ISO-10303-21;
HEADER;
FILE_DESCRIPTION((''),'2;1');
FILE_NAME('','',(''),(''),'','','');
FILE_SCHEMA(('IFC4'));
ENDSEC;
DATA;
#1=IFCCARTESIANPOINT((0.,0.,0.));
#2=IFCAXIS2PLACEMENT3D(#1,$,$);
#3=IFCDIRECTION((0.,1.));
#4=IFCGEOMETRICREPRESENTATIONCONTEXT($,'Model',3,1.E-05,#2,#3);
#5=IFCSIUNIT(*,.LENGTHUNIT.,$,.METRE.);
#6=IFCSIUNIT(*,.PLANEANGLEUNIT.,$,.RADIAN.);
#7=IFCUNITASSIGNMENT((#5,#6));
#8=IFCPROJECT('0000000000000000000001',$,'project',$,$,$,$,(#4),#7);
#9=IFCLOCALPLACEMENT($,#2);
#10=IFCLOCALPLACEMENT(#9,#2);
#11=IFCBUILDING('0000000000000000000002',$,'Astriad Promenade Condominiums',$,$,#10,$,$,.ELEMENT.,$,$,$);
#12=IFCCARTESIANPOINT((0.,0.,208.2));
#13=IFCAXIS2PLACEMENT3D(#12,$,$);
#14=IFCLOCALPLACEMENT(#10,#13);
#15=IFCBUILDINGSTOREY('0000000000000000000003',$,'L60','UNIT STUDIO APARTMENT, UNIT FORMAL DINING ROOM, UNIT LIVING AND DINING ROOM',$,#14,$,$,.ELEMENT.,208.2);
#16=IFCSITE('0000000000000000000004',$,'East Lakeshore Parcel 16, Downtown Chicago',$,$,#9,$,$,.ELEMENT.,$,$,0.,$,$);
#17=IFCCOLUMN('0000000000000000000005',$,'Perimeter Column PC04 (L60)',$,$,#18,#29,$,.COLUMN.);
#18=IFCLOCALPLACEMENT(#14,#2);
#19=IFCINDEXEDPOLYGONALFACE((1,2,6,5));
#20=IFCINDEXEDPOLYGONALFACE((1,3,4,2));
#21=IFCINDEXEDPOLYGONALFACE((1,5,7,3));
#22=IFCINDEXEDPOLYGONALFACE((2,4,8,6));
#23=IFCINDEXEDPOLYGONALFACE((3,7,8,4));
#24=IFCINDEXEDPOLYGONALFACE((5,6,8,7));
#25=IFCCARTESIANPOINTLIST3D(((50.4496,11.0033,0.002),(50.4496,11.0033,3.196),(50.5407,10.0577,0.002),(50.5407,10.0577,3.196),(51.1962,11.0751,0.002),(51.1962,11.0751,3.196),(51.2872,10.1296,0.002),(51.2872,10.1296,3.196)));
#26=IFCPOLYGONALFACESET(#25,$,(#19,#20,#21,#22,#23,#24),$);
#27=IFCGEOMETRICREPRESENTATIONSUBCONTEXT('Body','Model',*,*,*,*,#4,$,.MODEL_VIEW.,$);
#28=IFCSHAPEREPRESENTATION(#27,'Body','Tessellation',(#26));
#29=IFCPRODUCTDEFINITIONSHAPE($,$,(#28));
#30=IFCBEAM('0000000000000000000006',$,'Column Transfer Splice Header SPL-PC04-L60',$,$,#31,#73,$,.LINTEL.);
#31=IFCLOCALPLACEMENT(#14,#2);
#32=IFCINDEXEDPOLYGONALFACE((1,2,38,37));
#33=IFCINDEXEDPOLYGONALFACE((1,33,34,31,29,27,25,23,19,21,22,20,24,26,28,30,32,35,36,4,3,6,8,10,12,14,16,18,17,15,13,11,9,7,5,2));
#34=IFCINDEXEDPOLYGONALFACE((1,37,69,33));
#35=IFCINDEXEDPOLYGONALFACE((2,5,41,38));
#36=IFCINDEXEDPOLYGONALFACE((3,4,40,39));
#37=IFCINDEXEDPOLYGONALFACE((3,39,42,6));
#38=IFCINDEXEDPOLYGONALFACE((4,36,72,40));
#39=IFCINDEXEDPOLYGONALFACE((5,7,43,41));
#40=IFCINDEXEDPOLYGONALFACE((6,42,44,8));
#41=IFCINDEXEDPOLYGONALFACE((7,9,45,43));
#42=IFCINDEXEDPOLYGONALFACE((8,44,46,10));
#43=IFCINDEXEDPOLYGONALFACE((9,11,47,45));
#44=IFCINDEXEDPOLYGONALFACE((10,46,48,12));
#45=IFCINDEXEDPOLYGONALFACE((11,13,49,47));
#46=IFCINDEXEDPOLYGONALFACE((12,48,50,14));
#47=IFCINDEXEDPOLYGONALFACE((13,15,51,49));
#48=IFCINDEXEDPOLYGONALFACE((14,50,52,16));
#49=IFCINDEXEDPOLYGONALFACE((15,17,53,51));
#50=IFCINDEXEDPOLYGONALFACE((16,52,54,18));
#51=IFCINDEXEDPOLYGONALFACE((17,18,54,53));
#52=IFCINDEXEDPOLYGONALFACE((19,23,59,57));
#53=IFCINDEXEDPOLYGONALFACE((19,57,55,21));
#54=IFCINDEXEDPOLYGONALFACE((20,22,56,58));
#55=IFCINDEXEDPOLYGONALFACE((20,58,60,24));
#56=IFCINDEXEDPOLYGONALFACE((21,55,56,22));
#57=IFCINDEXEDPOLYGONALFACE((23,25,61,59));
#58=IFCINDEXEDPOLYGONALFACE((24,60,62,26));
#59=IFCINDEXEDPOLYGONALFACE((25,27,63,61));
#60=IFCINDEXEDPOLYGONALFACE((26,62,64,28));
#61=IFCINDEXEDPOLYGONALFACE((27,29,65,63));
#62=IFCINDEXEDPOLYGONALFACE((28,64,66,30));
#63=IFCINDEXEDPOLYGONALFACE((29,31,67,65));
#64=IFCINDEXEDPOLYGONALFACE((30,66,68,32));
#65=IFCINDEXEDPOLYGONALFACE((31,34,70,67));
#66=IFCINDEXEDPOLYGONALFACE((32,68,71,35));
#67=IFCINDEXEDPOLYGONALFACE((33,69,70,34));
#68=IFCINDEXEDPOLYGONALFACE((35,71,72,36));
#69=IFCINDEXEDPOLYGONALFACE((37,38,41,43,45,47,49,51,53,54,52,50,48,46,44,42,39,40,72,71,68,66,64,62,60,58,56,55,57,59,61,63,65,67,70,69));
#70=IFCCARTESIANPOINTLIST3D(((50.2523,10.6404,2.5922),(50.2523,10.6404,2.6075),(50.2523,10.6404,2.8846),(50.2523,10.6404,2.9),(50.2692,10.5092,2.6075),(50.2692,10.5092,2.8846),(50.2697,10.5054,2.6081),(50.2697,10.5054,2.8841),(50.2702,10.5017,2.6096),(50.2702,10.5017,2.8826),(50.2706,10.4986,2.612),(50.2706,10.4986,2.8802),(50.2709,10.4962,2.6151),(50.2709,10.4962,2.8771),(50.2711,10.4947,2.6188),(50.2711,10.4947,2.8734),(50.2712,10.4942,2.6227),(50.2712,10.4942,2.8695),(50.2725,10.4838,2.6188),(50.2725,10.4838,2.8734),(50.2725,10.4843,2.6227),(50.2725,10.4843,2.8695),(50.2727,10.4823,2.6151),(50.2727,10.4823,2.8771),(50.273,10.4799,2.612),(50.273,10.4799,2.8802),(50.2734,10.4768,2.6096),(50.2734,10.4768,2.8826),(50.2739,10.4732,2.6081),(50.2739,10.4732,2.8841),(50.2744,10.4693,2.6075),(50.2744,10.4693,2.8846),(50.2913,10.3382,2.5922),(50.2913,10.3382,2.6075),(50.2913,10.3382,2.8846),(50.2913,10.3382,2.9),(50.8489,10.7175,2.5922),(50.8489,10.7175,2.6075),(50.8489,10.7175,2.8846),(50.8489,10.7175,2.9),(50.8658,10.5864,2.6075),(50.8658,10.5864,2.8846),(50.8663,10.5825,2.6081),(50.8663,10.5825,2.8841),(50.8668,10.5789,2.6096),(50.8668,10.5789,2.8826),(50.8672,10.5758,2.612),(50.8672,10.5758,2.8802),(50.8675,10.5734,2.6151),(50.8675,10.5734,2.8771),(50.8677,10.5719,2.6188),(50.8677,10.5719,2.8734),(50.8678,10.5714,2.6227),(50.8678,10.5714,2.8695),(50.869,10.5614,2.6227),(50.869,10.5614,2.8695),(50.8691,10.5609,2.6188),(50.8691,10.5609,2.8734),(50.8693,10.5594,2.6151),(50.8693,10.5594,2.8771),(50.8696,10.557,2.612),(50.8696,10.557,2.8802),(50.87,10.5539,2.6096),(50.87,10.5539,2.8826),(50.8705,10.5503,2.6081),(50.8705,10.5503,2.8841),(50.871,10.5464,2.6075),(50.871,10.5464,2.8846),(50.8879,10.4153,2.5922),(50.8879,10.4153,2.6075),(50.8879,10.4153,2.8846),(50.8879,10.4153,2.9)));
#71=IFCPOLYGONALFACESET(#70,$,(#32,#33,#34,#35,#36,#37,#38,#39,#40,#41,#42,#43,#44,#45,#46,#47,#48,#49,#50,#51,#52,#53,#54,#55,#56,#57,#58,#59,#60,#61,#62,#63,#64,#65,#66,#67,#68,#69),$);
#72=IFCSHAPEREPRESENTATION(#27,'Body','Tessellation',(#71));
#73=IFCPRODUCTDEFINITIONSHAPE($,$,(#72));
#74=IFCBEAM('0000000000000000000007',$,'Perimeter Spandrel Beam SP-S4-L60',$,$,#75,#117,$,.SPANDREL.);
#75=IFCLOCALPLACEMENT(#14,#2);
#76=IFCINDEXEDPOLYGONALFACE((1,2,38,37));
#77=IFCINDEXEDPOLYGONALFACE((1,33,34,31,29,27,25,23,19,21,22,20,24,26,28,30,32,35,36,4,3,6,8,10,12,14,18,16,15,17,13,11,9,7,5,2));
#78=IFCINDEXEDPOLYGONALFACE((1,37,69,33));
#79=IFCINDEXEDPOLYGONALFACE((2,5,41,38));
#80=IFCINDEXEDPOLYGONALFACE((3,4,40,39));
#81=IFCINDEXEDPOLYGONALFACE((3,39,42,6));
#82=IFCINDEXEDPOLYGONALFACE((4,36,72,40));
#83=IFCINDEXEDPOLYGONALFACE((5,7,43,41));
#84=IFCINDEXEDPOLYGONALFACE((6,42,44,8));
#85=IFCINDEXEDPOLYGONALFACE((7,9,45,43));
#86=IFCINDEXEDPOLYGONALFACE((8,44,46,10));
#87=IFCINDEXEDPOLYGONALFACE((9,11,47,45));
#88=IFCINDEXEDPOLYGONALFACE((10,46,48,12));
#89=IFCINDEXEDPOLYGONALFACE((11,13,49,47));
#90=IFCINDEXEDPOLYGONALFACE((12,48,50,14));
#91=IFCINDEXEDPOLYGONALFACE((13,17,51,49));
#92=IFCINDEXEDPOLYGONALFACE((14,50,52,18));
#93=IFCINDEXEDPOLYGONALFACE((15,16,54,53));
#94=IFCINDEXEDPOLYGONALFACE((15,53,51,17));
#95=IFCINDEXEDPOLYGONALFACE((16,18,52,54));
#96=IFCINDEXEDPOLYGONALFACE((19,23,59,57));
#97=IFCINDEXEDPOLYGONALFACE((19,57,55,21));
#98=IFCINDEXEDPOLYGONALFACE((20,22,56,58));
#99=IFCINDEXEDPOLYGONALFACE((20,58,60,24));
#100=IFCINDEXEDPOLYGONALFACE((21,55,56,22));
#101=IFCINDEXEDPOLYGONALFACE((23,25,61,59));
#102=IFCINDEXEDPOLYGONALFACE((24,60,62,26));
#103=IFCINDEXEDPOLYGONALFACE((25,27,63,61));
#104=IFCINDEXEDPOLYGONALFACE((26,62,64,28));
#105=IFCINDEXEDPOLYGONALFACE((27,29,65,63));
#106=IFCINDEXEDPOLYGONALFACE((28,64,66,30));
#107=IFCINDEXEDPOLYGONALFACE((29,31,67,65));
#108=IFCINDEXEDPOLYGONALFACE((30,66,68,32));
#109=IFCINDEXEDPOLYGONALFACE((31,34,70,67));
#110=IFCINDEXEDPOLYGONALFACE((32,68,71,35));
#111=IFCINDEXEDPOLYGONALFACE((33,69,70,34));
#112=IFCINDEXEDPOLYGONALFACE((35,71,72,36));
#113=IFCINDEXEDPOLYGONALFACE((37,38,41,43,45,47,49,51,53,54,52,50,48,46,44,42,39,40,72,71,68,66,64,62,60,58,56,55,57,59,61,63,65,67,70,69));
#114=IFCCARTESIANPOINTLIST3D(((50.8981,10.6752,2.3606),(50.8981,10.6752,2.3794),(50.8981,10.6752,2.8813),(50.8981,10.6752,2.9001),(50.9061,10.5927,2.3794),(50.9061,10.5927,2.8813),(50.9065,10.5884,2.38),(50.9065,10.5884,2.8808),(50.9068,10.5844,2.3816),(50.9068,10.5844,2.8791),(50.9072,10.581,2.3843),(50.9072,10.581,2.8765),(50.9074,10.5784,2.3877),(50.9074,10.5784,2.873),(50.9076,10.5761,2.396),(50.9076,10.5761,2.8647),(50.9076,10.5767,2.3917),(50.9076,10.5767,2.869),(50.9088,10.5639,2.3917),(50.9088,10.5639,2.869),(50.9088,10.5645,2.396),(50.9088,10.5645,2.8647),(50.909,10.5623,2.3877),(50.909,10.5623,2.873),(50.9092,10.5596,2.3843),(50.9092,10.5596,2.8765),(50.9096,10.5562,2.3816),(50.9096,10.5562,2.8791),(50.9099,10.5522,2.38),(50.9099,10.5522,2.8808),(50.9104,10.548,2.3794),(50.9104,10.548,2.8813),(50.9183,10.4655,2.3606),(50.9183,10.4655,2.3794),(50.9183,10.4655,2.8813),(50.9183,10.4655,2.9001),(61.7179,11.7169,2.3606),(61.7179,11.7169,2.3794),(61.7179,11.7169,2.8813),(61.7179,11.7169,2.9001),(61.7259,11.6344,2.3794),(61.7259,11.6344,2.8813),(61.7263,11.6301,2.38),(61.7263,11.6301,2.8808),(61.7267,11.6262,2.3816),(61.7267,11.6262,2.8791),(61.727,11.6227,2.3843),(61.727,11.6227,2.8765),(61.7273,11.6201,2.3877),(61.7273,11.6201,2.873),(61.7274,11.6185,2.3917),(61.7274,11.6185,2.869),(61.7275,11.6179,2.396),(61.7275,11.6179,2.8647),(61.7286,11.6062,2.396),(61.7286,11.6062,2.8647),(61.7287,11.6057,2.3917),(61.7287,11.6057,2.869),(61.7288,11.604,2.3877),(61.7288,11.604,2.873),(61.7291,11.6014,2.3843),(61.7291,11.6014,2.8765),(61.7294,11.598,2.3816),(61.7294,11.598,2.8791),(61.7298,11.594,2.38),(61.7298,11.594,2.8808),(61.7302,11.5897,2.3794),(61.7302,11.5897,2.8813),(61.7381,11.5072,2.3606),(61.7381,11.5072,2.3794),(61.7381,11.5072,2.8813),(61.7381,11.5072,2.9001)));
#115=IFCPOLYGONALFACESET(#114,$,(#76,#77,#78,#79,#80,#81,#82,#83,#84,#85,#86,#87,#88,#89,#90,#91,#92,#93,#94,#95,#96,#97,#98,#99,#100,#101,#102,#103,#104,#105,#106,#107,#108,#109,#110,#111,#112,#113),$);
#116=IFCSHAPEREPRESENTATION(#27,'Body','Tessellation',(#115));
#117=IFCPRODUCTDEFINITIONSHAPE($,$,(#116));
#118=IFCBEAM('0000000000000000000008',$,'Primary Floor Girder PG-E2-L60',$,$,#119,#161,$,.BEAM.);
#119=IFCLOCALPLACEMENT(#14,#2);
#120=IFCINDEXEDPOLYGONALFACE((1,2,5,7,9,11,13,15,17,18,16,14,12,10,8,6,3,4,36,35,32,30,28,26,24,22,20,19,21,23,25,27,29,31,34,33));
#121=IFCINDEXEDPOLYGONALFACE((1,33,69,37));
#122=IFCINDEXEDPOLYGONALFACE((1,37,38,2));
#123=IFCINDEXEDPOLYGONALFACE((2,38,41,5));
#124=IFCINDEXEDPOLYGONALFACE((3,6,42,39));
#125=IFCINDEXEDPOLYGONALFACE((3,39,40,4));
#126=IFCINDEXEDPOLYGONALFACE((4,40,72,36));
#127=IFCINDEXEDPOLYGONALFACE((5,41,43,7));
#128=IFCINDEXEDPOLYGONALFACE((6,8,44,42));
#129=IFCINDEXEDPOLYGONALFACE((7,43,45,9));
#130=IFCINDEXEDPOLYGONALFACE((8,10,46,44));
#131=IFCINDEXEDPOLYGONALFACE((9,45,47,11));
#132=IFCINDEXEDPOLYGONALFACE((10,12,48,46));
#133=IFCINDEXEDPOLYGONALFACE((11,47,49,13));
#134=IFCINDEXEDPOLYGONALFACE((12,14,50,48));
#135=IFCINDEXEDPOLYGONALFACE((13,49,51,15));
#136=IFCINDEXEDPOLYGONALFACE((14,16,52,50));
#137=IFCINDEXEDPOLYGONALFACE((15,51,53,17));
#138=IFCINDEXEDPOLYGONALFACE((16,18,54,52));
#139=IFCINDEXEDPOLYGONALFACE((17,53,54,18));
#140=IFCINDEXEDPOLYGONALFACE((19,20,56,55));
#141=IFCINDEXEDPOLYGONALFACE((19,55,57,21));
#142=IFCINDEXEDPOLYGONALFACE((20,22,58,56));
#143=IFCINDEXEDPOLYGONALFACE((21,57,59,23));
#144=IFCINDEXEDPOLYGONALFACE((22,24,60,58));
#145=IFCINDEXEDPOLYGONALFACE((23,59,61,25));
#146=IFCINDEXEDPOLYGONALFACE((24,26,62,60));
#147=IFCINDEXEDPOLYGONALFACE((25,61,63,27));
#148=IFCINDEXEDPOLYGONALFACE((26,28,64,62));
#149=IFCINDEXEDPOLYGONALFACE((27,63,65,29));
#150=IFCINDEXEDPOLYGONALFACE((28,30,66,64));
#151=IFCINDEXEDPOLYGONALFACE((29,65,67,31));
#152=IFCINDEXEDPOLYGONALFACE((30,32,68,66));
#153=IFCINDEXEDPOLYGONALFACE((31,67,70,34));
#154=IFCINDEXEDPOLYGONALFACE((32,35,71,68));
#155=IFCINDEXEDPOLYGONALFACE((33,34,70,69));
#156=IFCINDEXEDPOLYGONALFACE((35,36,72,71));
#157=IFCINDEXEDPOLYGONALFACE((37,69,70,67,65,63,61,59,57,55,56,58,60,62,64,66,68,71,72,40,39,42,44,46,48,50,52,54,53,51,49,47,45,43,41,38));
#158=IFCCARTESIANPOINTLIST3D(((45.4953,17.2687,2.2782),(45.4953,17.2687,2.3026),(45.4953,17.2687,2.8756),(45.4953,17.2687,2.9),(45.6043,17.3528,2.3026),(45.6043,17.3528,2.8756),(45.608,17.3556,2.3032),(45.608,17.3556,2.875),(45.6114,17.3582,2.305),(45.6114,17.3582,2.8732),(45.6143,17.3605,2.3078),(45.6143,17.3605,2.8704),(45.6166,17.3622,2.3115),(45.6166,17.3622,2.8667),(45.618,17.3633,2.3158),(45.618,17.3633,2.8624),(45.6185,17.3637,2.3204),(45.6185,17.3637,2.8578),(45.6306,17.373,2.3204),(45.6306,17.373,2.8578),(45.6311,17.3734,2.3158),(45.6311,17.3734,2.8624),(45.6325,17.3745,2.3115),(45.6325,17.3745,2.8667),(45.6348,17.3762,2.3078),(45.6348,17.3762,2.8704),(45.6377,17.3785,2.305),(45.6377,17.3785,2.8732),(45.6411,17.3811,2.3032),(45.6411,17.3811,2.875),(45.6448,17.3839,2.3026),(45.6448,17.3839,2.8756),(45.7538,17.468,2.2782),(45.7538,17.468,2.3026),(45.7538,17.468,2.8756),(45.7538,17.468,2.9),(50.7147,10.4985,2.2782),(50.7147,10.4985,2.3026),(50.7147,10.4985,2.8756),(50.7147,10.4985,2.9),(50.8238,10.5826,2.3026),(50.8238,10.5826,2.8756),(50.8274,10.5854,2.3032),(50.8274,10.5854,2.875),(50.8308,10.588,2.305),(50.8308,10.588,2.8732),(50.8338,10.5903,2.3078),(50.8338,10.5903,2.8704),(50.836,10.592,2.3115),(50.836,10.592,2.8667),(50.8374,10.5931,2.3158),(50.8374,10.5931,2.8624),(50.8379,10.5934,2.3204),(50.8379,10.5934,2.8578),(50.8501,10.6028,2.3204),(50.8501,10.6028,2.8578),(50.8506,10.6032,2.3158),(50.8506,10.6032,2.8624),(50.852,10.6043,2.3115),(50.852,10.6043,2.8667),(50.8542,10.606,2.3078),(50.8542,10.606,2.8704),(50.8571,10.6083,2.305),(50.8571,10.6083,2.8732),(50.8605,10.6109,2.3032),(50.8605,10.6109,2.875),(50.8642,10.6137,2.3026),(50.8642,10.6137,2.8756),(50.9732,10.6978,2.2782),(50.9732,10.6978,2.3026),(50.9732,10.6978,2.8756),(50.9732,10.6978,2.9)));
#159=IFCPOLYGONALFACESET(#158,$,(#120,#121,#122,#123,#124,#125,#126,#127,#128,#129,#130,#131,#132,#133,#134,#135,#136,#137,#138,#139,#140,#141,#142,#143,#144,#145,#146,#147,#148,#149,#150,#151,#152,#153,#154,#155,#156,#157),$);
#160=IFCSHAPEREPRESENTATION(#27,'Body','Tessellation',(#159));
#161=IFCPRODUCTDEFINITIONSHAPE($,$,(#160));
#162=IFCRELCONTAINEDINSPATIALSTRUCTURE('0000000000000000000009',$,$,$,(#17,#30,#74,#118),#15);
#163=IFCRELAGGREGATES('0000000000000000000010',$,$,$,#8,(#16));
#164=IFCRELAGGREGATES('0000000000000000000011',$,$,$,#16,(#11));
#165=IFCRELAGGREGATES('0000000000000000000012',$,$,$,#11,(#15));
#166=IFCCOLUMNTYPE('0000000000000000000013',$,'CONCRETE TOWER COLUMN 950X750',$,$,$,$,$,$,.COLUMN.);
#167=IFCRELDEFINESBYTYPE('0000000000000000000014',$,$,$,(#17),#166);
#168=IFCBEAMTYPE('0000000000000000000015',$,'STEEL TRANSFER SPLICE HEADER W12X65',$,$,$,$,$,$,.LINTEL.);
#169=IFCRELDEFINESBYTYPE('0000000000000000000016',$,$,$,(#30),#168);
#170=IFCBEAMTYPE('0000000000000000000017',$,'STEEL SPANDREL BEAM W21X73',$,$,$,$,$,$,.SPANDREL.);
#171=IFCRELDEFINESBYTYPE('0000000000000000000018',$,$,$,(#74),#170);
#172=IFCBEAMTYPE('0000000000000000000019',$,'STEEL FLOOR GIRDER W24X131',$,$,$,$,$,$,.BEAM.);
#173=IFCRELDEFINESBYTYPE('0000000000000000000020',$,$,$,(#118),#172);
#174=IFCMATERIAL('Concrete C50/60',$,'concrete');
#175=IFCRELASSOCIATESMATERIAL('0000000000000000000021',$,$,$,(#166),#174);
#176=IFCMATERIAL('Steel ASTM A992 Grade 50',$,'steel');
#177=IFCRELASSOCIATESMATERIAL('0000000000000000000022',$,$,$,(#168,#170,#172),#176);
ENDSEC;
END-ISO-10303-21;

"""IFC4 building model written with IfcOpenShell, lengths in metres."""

from ifc_helpers import new_model, si_unit, direction, frame, origin, origin_2d, place, context, subcontext, project, spatial, rectangle, i_section, extrude, source, transform, mapped, material, material_profile, profile_set, type_object, type_shapes, element, save


model = new_model("IFC4")

# Units and contexts
model_context = context("Model", 3, precision=1e-05, world=origin(), true_north=direction((0.0, 1.0)))
body_context = subcontext(model_context, "Body", "Model", "MODEL_VIEW")
ifc_project = project(units=[si_unit("LENGTHUNIT", "METRE"), si_unit("PLANEANGLEUNIT", "RADIAN")], contexts=[model_context])

# Site, building, storey
site_placement = place(None, origin())
site = spatial("IfcSite", under=ifc_project, at=site_placement, Name="East Lakeshore Parcel 16, Downtown Chicago", CompositionType="ELEMENT", RefElevation=0.0)
building_placement = place(site_placement, origin())
building = spatial("IfcBuilding", under=site, at=building_placement, Name="Astriad Promenade Condominiums", CompositionType="ELEMENT")
storey_placement = place(building_placement, frame((0.0, 0.0, 208.2)))
storey = spatial("IfcBuildingStorey", under=building, at=storey_placement, Name="L60", Description="UNIT STUDIO APARTMENT, UNIT FORMAL DINING ROOM, UNIT LIVING AND DINING ROOM", CompositionType="ELEMENT", Elevation=208.2)

# Column
ifc_material_1 = material(Name="Concrete C50/60", Category="concrete")
ifc_material_profile_1 = material_profile(ifc_material_1, rectangle(XDim=0.75, YDim=0.95, at=origin_2d()), Name="RC-COL-950X750")
ifc_profile_set_1 = profile_set([ifc_material_profile_1], Name="Concrete C50/60")
column_type = type_object("IfcColumnType", Name="CONCRETE TOWER COLUMN 950X750", PredefinedType="COLUMN", material=ifc_profile_set_1)
shared_shape_1 = source(origin(), body_context, "Body", "SweptSolid", [
    extrude(rectangle(XDim=0.75, YDim=0.95, at=origin_2d()), origin(), (0.0, 0.0, 1.0), 3.1941),
])
type_shapes(column_type, [shared_shape_1])
column_placement = place(storey_placement, frame((50.8684, 10.5664, 0.002), z_axis=(0.0, 0.0, 1.0), x_axis=(0.995396, 0.095846, 0.0)))
element("IfcColumn", 1, at=column_placement, inside=storey, type_object=column_type, Name="Perimeter Column PC04 (L60)", PredefinedType="COLUMN", context=body_context, shape_type="MappedRepresentation", body=[
    mapped(shared_shape_1, transform((0.0, 0.0, 0.0), scale=1.0)),
])

# Beams
ifc_material_2 = material(Name="Steel ASTM A992 Grade 50", Category="steel")
ifc_material_profile_2 = material_profile(ifc_material_2, i_section(OverallWidth=0.3047, OverallDepth=0.3079, WebThickness=0.01, FlangeThickness=0.0154, FilletRadius=0.0151, at=origin_2d()), Name="W12X65")
ifc_profile_set_2 = profile_set([ifc_material_profile_2], Name="Steel ASTM A992 Grade 50")
beam_type_1 = type_object("IfcBeamType", Name="STEEL TRANSFER SPLICE HEADER W12X65", PredefinedType="LINTEL", material=ifc_profile_set_2)
shared_shape_2 = source(origin(), body_context, "Body", "SweptSolid", [
    extrude(i_section(OverallWidth=0.3047, OverallDepth=0.3079, WebThickness=0.01, FlangeThickness=0.0154, FilletRadius=0.0151, at=origin_2d()), origin(), (0.0, 0.0, 1.0), 0.6016),
])
type_shapes(beam_type_1, [shared_shape_2])
beam_1_placement = place(storey_placement, frame((50.8684, 10.5664, 2.7461), z_axis=(-0.991745, -0.128229, 0.0), x_axis=(0.128229, -0.991745, 0.0)))
element("IfcBeam", 2, at=beam_1_placement, inside=storey, type_object=beam_type_1, Name="Column Transfer Splice Header SPL-PC04-L60", PredefinedType="LINTEL", context=body_context, shape_type="MappedRepresentation", body=[
    mapped(shared_shape_2, transform((0.0, 0.0, 0.0), scale=1.0)),
])
ifc_material_profile_3 = material_profile(ifc_material_2, i_section(OverallWidth=0.2107, OverallDepth=0.5396, WebThickness=0.0117, FlangeThickness=0.0188, FilletRadius=0.0166, at=origin_2d()), Name="W21X73")
ifc_profile_set_3 = profile_set([ifc_material_profile_3], Name="Steel ASTM A992 Grade 50")
beam_type_2 = type_object("IfcBeamType", Name="STEEL SPANDREL BEAM W21X73", PredefinedType="SPANDREL", material=ifc_profile_set_3)
shared_shape_3 = source(origin(), body_context, "Body", "SweptSolid", [
    extrude(i_section(OverallWidth=0.2107, OverallDepth=0.5396, WebThickness=0.0117, FlangeThickness=0.0188, FilletRadius=0.0166, at=origin_2d()), origin(), (0.0, 0.0, 1.0), 10.8699),
])
type_shapes(beam_type_2, [shared_shape_3])
beam_2_placement = place(storey_placement, frame((50.9082, 10.5703, 2.6304), z_axis=(0.995397, 0.095838, 0.0), x_axis=(-0.095838, 0.995397, 0.0)))
element("IfcBeam", 3, at=beam_2_placement, inside=storey, type_object=beam_type_2, Name="Perimeter Spandrel Beam SP-S4-L60", PredefinedType="SPANDREL", context=body_context, shape_type="MappedRepresentation", body=[
    mapped(shared_shape_3, transform((0.0, 0.0, 0.0), scale=1.0)),
])
ifc_material_profile_4 = material_profile(ifc_material_2, i_section(OverallWidth=0.3264, OverallDepth=0.6218, WebThickness=0.0154, FlangeThickness=0.0244, FilletRadius=0.0178, at=origin_2d()), Name="W24X131")
ifc_profile_set_4 = profile_set([ifc_material_profile_4], Name="Steel ASTM A992 Grade 50")
beam_type_3 = type_object("IfcBeamType", Name="STEEL FLOOR GIRDER W24X131", PredefinedType="BEAM", material=ifc_profile_set_4)
shared_shape_4 = source(origin(), body_context, "Body", "SweptSolid", [
    extrude(i_section(OverallWidth=0.3264, OverallDepth=0.6218, WebThickness=0.0154, FlangeThickness=0.0244, FilletRadius=0.0178, at=origin_2d()), origin(), (0.0, 0.0, 1.0), 8.5486),
])
type_shapes(beam_type_3, [shared_shape_4])
beam_3_placement = place(storey_placement, frame((50.844, 10.5981, 2.5891), z_axis=(-0.610562, 0.791968, 0.0), x_axis=(-0.791968, -0.610562, 0.0)))
element("IfcBeam", 4, at=beam_3_placement, inside=storey, type_object=beam_type_3, Name="Primary Floor Girder PG-E2-L60", PredefinedType="BEAM", context=body_context, shape_type="MappedRepresentation", body=[
    mapped(shared_shape_4, transform((0.0, 0.0, 0.0), scale=1.0)),
])

save(model, "model.ifc")
